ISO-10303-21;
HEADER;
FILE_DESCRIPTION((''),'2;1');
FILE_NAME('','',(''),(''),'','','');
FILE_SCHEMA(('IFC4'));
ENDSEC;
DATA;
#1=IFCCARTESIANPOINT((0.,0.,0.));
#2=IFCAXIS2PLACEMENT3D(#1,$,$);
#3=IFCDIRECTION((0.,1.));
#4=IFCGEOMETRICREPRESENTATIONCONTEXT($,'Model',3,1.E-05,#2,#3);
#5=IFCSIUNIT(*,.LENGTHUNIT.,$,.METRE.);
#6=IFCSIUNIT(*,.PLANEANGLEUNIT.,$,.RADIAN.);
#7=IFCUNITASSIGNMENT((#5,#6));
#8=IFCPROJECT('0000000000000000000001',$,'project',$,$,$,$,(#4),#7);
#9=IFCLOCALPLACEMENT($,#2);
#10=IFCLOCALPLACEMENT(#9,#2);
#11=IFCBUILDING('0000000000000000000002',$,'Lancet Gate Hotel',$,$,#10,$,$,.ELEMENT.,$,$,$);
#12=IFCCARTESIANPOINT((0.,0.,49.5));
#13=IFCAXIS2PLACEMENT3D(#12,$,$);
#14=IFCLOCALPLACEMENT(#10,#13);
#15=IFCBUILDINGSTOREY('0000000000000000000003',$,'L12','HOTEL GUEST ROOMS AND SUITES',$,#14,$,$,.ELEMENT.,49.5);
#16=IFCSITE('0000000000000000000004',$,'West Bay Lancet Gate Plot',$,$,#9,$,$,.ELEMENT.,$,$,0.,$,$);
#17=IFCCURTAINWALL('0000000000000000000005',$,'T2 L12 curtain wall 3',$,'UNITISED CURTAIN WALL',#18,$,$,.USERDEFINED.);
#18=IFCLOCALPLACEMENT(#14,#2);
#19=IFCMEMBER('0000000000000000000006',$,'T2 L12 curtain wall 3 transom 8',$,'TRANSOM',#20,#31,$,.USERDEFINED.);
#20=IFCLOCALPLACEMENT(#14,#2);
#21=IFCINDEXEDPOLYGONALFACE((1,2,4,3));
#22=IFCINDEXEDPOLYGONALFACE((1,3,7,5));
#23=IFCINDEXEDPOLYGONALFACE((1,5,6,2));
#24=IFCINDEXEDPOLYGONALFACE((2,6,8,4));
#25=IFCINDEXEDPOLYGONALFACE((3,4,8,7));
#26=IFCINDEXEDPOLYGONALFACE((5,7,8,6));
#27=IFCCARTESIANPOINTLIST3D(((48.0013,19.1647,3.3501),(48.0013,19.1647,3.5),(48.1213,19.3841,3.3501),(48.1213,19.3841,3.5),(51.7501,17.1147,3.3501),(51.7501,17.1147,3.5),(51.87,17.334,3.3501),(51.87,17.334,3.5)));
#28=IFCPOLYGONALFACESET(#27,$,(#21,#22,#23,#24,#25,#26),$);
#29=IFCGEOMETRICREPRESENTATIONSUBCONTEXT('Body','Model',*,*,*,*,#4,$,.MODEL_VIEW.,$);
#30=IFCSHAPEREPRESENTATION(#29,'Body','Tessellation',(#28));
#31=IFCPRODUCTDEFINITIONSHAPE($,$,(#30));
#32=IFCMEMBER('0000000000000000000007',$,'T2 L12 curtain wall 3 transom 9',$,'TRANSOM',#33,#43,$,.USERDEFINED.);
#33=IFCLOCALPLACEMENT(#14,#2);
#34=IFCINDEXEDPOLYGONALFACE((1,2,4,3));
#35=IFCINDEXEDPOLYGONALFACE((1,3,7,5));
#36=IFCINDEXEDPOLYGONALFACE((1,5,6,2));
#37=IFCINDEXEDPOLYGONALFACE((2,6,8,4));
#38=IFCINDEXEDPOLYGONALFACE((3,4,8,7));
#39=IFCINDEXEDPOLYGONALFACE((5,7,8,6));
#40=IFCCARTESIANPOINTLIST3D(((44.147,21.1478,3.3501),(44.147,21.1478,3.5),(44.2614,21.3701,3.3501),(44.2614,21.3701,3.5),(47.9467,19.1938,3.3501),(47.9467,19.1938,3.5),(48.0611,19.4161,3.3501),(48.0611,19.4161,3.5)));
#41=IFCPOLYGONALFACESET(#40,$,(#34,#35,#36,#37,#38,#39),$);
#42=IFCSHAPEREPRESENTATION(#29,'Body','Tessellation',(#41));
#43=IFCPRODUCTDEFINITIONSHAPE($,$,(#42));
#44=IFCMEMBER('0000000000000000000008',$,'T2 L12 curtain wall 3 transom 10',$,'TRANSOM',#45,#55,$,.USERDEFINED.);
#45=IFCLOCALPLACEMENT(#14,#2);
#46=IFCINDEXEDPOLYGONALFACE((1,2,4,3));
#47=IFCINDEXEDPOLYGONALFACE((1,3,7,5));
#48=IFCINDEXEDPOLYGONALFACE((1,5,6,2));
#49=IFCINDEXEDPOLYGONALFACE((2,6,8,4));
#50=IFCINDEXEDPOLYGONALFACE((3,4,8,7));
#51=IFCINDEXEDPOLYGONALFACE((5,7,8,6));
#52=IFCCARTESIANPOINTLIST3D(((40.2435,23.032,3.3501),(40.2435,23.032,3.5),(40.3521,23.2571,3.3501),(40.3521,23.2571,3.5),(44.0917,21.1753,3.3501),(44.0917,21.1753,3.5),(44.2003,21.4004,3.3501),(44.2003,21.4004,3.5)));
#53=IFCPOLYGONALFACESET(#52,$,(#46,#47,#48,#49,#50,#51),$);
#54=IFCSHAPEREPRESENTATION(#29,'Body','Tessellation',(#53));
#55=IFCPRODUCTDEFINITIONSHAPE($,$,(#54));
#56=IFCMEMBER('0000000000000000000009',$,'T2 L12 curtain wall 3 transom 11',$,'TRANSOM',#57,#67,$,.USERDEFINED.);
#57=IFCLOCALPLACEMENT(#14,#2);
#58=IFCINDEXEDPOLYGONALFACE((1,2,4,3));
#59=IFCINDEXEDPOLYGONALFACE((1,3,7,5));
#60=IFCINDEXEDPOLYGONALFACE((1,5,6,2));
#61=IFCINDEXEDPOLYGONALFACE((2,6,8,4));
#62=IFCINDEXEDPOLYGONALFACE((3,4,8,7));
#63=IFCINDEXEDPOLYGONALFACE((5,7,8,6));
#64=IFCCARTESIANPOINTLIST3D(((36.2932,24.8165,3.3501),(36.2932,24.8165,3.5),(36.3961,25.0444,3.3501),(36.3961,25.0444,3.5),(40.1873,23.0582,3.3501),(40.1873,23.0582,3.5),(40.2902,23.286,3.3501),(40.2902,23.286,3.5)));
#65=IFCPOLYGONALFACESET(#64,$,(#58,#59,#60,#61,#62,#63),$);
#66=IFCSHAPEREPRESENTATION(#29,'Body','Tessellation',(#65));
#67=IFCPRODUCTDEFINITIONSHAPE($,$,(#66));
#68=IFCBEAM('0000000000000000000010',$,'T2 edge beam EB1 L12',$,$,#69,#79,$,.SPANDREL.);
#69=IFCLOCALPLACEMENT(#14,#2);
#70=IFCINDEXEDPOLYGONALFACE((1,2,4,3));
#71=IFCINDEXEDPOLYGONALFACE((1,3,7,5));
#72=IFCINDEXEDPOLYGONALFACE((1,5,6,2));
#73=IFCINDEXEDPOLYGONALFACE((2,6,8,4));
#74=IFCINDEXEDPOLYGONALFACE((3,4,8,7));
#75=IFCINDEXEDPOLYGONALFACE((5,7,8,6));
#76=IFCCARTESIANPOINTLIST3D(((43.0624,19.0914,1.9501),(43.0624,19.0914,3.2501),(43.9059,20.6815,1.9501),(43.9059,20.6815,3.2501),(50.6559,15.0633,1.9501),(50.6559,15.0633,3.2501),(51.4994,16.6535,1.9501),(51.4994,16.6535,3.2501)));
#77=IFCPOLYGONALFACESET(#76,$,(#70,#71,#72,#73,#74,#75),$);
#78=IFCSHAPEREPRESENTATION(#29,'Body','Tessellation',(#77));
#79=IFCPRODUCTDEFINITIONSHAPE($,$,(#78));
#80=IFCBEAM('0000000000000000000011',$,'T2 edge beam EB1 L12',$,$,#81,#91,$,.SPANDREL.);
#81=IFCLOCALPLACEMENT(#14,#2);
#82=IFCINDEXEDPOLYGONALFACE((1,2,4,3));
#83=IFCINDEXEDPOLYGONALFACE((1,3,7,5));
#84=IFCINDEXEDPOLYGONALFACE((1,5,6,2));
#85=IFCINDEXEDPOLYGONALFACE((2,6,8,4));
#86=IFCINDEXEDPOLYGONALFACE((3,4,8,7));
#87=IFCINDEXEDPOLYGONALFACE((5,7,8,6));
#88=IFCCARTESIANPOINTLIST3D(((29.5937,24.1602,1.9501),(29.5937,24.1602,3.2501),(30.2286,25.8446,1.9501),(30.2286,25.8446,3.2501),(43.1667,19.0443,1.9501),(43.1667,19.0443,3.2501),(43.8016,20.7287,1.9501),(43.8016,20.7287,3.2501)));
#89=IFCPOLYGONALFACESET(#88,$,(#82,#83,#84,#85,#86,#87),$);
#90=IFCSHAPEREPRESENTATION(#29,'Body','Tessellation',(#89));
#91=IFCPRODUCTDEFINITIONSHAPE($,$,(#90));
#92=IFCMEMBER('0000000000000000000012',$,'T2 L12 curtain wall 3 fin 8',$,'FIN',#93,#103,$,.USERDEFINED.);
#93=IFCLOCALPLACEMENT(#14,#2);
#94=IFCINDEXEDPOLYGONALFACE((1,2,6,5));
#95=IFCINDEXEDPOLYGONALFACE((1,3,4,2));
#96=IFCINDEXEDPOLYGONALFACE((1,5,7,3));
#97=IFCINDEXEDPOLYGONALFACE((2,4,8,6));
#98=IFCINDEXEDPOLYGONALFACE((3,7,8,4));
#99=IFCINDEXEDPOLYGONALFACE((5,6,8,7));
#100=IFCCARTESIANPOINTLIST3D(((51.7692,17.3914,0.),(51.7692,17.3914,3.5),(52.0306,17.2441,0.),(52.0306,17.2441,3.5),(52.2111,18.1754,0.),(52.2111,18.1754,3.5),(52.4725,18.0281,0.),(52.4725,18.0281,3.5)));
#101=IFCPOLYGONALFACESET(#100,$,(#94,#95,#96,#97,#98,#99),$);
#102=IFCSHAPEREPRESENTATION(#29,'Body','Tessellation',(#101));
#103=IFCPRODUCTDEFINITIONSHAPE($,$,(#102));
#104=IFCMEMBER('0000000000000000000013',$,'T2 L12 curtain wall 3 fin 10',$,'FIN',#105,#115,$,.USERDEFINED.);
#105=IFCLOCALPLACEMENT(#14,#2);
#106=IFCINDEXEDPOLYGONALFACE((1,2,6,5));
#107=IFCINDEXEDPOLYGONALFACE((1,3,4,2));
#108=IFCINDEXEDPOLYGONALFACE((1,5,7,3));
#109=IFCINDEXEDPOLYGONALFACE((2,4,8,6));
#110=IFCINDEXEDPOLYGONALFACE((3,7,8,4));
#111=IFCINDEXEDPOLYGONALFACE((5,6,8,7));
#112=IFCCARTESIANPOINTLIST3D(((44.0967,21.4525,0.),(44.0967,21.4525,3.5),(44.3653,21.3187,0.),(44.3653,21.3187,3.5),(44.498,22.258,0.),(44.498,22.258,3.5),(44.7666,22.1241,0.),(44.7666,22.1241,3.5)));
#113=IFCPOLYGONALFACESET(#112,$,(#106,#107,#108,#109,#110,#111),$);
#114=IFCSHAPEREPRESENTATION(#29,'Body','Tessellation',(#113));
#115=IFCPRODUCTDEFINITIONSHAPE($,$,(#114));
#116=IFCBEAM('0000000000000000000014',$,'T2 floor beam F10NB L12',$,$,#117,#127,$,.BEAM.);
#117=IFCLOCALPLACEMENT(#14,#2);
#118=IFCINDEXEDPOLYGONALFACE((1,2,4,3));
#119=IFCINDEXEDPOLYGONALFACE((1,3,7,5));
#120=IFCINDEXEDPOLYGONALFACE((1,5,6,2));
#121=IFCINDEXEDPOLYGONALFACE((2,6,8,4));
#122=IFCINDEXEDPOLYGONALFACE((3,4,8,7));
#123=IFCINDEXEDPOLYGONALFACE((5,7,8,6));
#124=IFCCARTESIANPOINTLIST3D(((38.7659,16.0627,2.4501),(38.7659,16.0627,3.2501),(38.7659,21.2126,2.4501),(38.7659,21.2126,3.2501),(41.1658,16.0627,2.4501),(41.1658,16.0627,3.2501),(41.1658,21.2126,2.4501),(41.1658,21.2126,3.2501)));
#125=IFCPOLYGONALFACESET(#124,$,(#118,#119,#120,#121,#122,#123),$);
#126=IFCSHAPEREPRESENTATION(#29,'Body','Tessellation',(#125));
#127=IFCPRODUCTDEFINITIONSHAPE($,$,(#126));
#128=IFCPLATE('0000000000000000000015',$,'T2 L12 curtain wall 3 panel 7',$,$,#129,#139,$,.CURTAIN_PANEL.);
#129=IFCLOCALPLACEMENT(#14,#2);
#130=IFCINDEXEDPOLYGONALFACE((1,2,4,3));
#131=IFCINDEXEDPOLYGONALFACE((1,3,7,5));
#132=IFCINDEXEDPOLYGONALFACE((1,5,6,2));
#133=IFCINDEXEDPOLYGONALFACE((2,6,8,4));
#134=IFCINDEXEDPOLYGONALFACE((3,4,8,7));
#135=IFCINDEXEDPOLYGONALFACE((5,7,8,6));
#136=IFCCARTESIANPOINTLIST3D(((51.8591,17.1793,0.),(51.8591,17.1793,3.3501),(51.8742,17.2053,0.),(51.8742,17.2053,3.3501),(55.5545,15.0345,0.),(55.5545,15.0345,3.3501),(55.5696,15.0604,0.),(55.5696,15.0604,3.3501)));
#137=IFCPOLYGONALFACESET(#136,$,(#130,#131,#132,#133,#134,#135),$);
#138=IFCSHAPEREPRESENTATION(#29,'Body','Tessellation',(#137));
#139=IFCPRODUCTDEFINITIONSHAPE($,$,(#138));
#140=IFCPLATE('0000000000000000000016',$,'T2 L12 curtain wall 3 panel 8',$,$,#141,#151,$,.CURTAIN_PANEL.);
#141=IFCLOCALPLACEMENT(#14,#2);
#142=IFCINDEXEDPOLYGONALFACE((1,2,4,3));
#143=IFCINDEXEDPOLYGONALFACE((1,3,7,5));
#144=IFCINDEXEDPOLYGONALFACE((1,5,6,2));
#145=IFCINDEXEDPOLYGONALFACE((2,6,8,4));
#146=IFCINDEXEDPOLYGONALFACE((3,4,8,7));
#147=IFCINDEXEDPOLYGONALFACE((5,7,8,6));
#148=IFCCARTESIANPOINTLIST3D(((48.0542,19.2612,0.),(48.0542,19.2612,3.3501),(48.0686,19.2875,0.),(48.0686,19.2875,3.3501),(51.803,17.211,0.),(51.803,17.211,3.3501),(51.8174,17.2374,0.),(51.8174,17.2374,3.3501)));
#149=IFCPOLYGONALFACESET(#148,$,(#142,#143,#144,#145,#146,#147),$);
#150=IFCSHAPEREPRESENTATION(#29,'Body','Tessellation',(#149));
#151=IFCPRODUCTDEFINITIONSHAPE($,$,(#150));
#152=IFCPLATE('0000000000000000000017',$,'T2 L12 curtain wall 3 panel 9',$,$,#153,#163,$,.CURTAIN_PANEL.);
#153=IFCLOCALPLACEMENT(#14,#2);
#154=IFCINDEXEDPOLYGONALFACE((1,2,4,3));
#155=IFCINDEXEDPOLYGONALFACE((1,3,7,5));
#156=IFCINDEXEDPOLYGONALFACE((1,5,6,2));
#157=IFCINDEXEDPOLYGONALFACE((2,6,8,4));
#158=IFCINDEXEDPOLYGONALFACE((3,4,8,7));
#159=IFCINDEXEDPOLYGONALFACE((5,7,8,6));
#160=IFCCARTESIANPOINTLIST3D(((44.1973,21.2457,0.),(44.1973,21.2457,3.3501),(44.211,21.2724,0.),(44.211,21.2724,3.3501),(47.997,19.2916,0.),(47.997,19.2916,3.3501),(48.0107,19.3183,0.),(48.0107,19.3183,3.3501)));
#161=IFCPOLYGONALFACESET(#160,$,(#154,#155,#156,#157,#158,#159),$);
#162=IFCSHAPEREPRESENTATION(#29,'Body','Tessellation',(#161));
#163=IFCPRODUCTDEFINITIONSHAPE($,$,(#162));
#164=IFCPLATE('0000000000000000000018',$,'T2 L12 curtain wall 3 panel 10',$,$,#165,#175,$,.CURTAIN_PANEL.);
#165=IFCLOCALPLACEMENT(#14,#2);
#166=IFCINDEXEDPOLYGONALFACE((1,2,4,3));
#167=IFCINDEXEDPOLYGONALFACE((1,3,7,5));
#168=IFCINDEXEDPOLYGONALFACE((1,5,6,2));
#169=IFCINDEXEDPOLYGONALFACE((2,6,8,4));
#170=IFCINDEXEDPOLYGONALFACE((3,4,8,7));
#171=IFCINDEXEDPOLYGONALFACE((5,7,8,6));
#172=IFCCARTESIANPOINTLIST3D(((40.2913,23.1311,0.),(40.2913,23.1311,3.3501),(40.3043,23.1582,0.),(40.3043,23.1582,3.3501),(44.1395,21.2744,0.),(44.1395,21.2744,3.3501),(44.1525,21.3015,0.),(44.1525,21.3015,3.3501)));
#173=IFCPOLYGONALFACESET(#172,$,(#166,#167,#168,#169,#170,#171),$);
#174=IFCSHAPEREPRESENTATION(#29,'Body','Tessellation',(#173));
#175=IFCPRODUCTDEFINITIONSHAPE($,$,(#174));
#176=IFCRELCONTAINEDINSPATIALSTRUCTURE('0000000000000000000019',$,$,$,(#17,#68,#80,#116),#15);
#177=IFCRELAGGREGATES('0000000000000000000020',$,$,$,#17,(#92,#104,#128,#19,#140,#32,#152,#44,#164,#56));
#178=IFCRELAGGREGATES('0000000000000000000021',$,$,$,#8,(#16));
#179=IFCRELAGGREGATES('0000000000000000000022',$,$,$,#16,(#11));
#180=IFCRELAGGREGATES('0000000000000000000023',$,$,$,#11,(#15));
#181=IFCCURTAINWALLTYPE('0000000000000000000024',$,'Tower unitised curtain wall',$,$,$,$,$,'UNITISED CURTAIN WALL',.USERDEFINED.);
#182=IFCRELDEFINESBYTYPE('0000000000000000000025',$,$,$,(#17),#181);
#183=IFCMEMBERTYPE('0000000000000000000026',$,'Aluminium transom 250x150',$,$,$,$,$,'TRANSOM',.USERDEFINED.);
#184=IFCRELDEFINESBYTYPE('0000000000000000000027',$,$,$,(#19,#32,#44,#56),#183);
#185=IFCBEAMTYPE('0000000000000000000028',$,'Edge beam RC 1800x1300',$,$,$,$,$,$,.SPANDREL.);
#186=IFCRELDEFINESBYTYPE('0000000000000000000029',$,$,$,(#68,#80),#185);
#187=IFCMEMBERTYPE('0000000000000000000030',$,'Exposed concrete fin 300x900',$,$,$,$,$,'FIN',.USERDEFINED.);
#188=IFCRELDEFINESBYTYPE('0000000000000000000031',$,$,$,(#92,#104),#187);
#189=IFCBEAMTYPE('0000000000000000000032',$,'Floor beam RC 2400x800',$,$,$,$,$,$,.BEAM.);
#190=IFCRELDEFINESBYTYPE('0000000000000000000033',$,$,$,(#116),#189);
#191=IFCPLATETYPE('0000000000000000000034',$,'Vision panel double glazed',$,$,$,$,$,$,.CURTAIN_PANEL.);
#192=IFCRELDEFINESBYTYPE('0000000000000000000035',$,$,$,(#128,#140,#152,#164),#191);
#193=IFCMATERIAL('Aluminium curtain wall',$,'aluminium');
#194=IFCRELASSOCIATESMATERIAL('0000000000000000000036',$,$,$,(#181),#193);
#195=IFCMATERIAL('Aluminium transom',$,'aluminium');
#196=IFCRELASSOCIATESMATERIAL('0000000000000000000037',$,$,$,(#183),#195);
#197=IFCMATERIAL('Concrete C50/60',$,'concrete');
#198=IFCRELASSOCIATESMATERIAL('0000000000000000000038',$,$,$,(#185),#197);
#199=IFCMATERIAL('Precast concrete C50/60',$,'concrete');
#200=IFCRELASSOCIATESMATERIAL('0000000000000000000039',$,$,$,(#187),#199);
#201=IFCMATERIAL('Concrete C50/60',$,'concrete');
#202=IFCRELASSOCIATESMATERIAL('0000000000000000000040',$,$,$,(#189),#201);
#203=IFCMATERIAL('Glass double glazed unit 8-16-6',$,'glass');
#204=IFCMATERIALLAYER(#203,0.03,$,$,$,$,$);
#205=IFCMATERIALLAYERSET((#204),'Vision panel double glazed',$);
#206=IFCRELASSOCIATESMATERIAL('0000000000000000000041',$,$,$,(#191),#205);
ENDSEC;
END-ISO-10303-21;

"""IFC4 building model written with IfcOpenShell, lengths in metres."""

from ifc_helpers import new_model, si_unit, direction, frame, origin, origin_2d, place, context, subcontext, project, spatial, rectangle, extrude, material, layer, layer_set, material_profile, profile_set, type_object, element, aggregate, save


model = new_model("IFC4")

# Units and contexts
model_context = context("Model", 3, precision=1e-05, world=origin(), true_north=direction((0.0, 1.0)))
body_context = subcontext(model_context, "Body", "Model", "MODEL_VIEW")
ifc_project = project(units=[si_unit("LENGTHUNIT", "METRE"), si_unit("PLANEANGLEUNIT", "RADIAN")], contexts=[model_context])

# Site, building, storey
site_placement = place(None, origin())
site = spatial("IfcSite", under=ifc_project, at=site_placement, Name="West Bay Lancet Gate Plot", CompositionType="ELEMENT", RefElevation=0.0)
building_placement = place(site_placement, origin())
building = spatial("IfcBuilding", under=site, at=building_placement, Name="Lancet Gate Hotel", CompositionType="ELEMENT")
storey_placement = place(building_placement, frame((0.0, 0.0, 49.5)))
storey = spatial("IfcBuildingStorey", under=building, at=storey_placement, Name="L12", Description="HOTEL GUEST ROOMS AND SUITES", CompositionType="ELEMENT", Elevation=49.5)

# Curtain wall, members
ifc_material_1 = material(Name="Aluminium curtain wall", Category="aluminium")
curtain_wall_type = type_object("IfcCurtainWallType", Name="Tower unitised curtain wall", ElementType="UNITISED CURTAIN WALL", PredefinedType="USERDEFINED", material=ifc_material_1)
curtain_wall_placement = place(storey_placement, origin())
curtain_wall = element("IfcCurtainWall", 1, at=curtain_wall_placement, inside=storey, type_object=curtain_wall_type, Name="T2 L12 curtain wall 3", ObjectType="UNITISED CURTAIN WALL", PredefinedType="USERDEFINED")
ifc_material_2 = material(Name="Aluminium transom", Category="aluminium")
ifc_material_profile_1 = material_profile(ifc_material_2, rectangle(XDim=0.25, YDim=0.1499, at=origin_2d()), Name="TRANSOM 250x150")
ifc_profile_set_1 = profile_set([ifc_material_profile_1], Name="Aluminium transom")
member_type_1 = type_object("IfcMemberType", Name="Aluminium transom 250x150", ElementType="TRANSOM", PredefinedType="USERDEFINED", material=ifc_profile_set_1)
member_1_placement = place(storey_placement, frame((51.8101, 17.2244, 3.425), z_axis=(-0.877378, 0.479801, 0.0), x_axis=(-0.479801, -0.877378, 0.0)))
member_1 = element("IfcMember", 2, at=member_1_placement, type_object=member_type_1, Name="T2 L12 curtain wall 3 transom 8", ObjectType="TRANSOM", PredefinedType="USERDEFINED", context=body_context, shape_type="SweptSolid", body=[
    extrude(rectangle(XDim=0.25, YDim=0.1499, at=origin_2d()), origin(), (0.0, 0.0, 1.0), 4.2727),
])
member_2_placement = place(storey_placement, frame((48.0039, 19.3049, 3.425), z_axis=(-0.889296, 0.457333, 0.0), x_axis=(-0.457333, -0.889296, 0.0)))
member_2 = element("IfcMember", 3, at=member_2_placement, type_object=member_type_1, Name="T2 L12 curtain wall 3 transom 9", ObjectType="TRANSOM", PredefinedType="USERDEFINED", context=body_context, shape_type="SweptSolid", body=[
    extrude(rectangle(XDim=0.25, YDim=0.1499, at=origin_2d()), origin(), (0.0, 0.0, 1.0), 4.2727),
])
member_3_placement = place(storey_placement, frame((44.146, 21.2878, 3.425), z_axis=(-0.900646, 0.434553, 0.0), x_axis=(-0.434553, -0.900646, 0.0)))
member_3 = element("IfcMember", 4, at=member_3_placement, type_object=member_type_1, Name="T2 L12 curtain wall 3 transom 10", ObjectType="TRANSOM", PredefinedType="USERDEFINED", context=body_context, shape_type="SweptSolid", body=[
    extrude(rectangle(XDim=0.25, YDim=0.1499, at=origin_2d()), origin(), (0.0, 0.0, 1.0), 4.2727),
])
member_4_placement = place(storey_placement, frame((40.2388, 23.1721, 3.425), z_axis=(-0.911397, 0.411529, 0.0), x_axis=(-0.411529, -0.911397, 0.0)))
member_4 = element("IfcMember", 5, at=member_4_placement, type_object=member_type_1, Name="T2 L12 curtain wall 3 transom 11", ObjectType="TRANSOM", PredefinedType="USERDEFINED", context=body_context, shape_type="SweptSolid", body=[
    extrude(rectangle(XDim=0.25, YDim=0.1499, at=origin_2d()), origin(), (0.0, 0.0, 1.0), 4.2727),
])

# Beams
ifc_material_3 = material(Name="Concrete C50/60", Category="concrete")
ifc_material_profile_2 = material_profile(ifc_material_3, rectangle(XDim=1.8, YDim=1.3, at=origin_2d()), Name="RC 1800x1300")
ifc_profile_set_2 = profile_set([ifc_material_profile_2], Name="Concrete C50/60")
beam_type_1 = type_object("IfcBeamType", Name="Edge beam RC 1800x1300", PredefinedType="SPANDREL", material=ifc_profile_set_2)
beam_1_placement = place(storey_placement, frame((51.0776, 15.8584, 2.6001), z_axis=(-0.883403, 0.468613, 0.0), x_axis=(-0.468613, -0.883403, 0.0)))
element("IfcBeam", 6, at=beam_1_placement, inside=storey, type_object=beam_type_1, Name="T2 edge beam EB1 L12", PredefinedType="SPANDREL", context=body_context, shape_type="SweptSolid", body=[
    extrude(rectangle(XDim=1.8, YDim=1.3, at=origin_2d()), origin(), (0.0, 0.0, 1.0), 8.5957),
])
beam_2_placement = place(storey_placement, frame((43.4841, 19.8865, 2.6001), z_axis=(-0.935736, 0.3527, 0.0), x_axis=(-0.3527, -0.935736, 0.0)))
element("IfcBeam", 7, at=beam_2_placement, inside=storey, type_object=beam_type_1, Name="T2 edge beam EB1 L12", PredefinedType="SPANDREL", context=body_context, shape_type="SweptSolid", body=[
    extrude(rectangle(XDim=1.8, YDim=1.3, at=origin_2d()), origin(), (0.0, 0.0, 1.0), 14.5051),
])

# Members
ifc_material_4 = material(Name="Precast concrete C50/60", Category="concrete")
ifc_material_profile_3 = material_profile(ifc_material_4, rectangle(XDim=0.3, YDim=0.8999, at=origin_2d()), Name="FIN 300x900")
ifc_profile_set_3 = profile_set([ifc_material_profile_3], Name="Precast concrete C50/60")
member_type_2 = type_object("IfcMemberType", Name="Exposed concrete fin 300x900", ElementType="FIN", PredefinedType="USERDEFINED", material=ifc_profile_set_3)
member_5_placement = place(storey_placement, frame((52.1208, 17.7097, 0.0), z_axis=(0.0, 0.0, 1.0), x_axis=(-0.87119, 0.490945, 0.0)))
member_5 = element("IfcMember", 8, at=member_5_placement, type_object=member_type_2, Name="T2 L12 curtain wall 3 fin 8", ObjectType="FIN", PredefinedType="USERDEFINED", context=body_context, shape_type="SweptSolid", body=[
    extrude(rectangle(XDim=0.3, YDim=0.8999, at=origin_2d()), origin(), (0.0, 0.0, 1.0), 3.5),
])
member_6_placement = place(storey_placement, frame((44.4316, 21.7883, 0.0), z_axis=(0.0, 0.0, 1.0), x_axis=(-0.895044, 0.445978, 0.0)))
member_6 = element("IfcMember", 9, at=member_6_placement, type_object=member_type_2, Name="T2 L12 curtain wall 3 fin 10", ObjectType="FIN", PredefinedType="USERDEFINED", context=body_context, shape_type="SweptSolid", body=[
    extrude(rectangle(XDim=0.3, YDim=0.8999, at=origin_2d()), origin(), (0.0, 0.0, 1.0), 3.5),
])

# Beam
ifc_material_5 = material(Name="Concrete C50/60", Category="concrete")
ifc_material_profile_4 = material_profile(ifc_material_5, rectangle(XDim=2.3999, YDim=0.8, at=origin_2d()), Name="RC 2400x800")
ifc_profile_set_4 = profile_set([ifc_material_profile_4], Name="Concrete C50/60")
beam_type_2 = type_object("IfcBeamType", Name="Floor beam RC 2400x800", PredefinedType="BEAM", material=ifc_profile_set_4)
beam_3_placement = place(storey_placement, frame((39.9658, 16.0627, 2.8501), z_axis=(0.0, 1.0, 0.0), x_axis=(-1.0, 0.0, 0.0)))
element("IfcBeam", 10, at=beam_3_placement, inside=storey, type_object=beam_type_2, Name="T2 floor beam F10NB L12", PredefinedType="BEAM", context=body_context, shape_type="SweptSolid", body=[
    extrude(rectangle(XDim=2.3999, YDim=0.8, at=origin_2d()), origin(), (0.0, 0.0, 1.0), 5.1499),
])

# Plates
ifc_material_6 = material(Name="Glass double glazed unit 8-16-6", Category="glass")
ifc_layer = layer(ifc_material_6, 0.03)
ifc_layer_set = layer_set([ifc_layer], Name="Vision panel double glazed")
plate_type = type_object("IfcPlateType", Name="Vision panel double glazed", PredefinedType="CURTAIN_PANEL", material=ifc_layer_set)
plate_1_placement = place(storey_placement, frame((53.7144, 16.1199, 0.0), z_axis=(0.0, 0.0, 1.0), x_axis=(-0.864872, 0.501993, 0.0)))
plate_1 = element("IfcPlate", 11, at=plate_1_placement, type_object=plate_type, Name="T2 L12 curtain wall 3 panel 7", PredefinedType="CURTAIN_PANEL", context=body_context, shape_type="SweptSolid", body=[
    extrude(rectangle(XDim=4.2727, YDim=0.03, at=origin_2d()), origin(), (0.0, 0.0, 1.0), 3.3501),
])
plate_2_placement = place(storey_placement, frame((49.9358, 18.2493, 0.0), z_axis=(0.0, 0.0, 1.0), x_axis=(-0.877368, 0.479818, 0.0)))
plate_2 = element("IfcPlate", 12, at=plate_2_placement, type_object=plate_type, Name="T2 L12 curtain wall 3 panel 8", PredefinedType="CURTAIN_PANEL", context=body_context, shape_type="SweptSolid", body=[
    extrude(rectangle(XDim=4.2727, YDim=0.03, at=origin_2d()), origin(), (0.0, 0.0, 1.0), 3.3501),
])
plate_3_placement = place(storey_placement, frame((46.104, 20.282, 0.0), z_axis=(0.0, 0.0, 1.0), x_axis=(-0.889296, 0.457332, 0.0)))
plate_3 = element("IfcPlate", 13, at=plate_3_placement, type_object=plate_type, Name="T2 L12 curtain wall 3 panel 9", PredefinedType="CURTAIN_PANEL", context=body_context, shape_type="SweptSolid", body=[
    extrude(rectangle(XDim=4.2727, YDim=0.03, at=origin_2d()), origin(), (0.0, 0.0, 1.0), 3.3501),
])
plate_4_placement = place(storey_placement, frame((42.2219, 22.2163, 0.0), z_axis=(0.0, 0.0, 1.0), x_axis=(-0.900647, 0.43455, 0.0)))
plate_4 = element("IfcPlate", 14, at=plate_4_placement, type_object=plate_type, Name="T2 L12 curtain wall 3 panel 10", PredefinedType="CURTAIN_PANEL", context=body_context, shape_type="SweptSolid", body=[
    extrude(rectangle(XDim=4.2727, YDim=0.03, at=origin_2d()), origin(), (0.0, 0.0, 1.0), 3.3501),
])
aggregate(curtain_wall, [member_5, member_6, plate_1, member_1, plate_2, member_2, plate_3, member_3, plate_4, member_4])

save(model, "model.ifc")
